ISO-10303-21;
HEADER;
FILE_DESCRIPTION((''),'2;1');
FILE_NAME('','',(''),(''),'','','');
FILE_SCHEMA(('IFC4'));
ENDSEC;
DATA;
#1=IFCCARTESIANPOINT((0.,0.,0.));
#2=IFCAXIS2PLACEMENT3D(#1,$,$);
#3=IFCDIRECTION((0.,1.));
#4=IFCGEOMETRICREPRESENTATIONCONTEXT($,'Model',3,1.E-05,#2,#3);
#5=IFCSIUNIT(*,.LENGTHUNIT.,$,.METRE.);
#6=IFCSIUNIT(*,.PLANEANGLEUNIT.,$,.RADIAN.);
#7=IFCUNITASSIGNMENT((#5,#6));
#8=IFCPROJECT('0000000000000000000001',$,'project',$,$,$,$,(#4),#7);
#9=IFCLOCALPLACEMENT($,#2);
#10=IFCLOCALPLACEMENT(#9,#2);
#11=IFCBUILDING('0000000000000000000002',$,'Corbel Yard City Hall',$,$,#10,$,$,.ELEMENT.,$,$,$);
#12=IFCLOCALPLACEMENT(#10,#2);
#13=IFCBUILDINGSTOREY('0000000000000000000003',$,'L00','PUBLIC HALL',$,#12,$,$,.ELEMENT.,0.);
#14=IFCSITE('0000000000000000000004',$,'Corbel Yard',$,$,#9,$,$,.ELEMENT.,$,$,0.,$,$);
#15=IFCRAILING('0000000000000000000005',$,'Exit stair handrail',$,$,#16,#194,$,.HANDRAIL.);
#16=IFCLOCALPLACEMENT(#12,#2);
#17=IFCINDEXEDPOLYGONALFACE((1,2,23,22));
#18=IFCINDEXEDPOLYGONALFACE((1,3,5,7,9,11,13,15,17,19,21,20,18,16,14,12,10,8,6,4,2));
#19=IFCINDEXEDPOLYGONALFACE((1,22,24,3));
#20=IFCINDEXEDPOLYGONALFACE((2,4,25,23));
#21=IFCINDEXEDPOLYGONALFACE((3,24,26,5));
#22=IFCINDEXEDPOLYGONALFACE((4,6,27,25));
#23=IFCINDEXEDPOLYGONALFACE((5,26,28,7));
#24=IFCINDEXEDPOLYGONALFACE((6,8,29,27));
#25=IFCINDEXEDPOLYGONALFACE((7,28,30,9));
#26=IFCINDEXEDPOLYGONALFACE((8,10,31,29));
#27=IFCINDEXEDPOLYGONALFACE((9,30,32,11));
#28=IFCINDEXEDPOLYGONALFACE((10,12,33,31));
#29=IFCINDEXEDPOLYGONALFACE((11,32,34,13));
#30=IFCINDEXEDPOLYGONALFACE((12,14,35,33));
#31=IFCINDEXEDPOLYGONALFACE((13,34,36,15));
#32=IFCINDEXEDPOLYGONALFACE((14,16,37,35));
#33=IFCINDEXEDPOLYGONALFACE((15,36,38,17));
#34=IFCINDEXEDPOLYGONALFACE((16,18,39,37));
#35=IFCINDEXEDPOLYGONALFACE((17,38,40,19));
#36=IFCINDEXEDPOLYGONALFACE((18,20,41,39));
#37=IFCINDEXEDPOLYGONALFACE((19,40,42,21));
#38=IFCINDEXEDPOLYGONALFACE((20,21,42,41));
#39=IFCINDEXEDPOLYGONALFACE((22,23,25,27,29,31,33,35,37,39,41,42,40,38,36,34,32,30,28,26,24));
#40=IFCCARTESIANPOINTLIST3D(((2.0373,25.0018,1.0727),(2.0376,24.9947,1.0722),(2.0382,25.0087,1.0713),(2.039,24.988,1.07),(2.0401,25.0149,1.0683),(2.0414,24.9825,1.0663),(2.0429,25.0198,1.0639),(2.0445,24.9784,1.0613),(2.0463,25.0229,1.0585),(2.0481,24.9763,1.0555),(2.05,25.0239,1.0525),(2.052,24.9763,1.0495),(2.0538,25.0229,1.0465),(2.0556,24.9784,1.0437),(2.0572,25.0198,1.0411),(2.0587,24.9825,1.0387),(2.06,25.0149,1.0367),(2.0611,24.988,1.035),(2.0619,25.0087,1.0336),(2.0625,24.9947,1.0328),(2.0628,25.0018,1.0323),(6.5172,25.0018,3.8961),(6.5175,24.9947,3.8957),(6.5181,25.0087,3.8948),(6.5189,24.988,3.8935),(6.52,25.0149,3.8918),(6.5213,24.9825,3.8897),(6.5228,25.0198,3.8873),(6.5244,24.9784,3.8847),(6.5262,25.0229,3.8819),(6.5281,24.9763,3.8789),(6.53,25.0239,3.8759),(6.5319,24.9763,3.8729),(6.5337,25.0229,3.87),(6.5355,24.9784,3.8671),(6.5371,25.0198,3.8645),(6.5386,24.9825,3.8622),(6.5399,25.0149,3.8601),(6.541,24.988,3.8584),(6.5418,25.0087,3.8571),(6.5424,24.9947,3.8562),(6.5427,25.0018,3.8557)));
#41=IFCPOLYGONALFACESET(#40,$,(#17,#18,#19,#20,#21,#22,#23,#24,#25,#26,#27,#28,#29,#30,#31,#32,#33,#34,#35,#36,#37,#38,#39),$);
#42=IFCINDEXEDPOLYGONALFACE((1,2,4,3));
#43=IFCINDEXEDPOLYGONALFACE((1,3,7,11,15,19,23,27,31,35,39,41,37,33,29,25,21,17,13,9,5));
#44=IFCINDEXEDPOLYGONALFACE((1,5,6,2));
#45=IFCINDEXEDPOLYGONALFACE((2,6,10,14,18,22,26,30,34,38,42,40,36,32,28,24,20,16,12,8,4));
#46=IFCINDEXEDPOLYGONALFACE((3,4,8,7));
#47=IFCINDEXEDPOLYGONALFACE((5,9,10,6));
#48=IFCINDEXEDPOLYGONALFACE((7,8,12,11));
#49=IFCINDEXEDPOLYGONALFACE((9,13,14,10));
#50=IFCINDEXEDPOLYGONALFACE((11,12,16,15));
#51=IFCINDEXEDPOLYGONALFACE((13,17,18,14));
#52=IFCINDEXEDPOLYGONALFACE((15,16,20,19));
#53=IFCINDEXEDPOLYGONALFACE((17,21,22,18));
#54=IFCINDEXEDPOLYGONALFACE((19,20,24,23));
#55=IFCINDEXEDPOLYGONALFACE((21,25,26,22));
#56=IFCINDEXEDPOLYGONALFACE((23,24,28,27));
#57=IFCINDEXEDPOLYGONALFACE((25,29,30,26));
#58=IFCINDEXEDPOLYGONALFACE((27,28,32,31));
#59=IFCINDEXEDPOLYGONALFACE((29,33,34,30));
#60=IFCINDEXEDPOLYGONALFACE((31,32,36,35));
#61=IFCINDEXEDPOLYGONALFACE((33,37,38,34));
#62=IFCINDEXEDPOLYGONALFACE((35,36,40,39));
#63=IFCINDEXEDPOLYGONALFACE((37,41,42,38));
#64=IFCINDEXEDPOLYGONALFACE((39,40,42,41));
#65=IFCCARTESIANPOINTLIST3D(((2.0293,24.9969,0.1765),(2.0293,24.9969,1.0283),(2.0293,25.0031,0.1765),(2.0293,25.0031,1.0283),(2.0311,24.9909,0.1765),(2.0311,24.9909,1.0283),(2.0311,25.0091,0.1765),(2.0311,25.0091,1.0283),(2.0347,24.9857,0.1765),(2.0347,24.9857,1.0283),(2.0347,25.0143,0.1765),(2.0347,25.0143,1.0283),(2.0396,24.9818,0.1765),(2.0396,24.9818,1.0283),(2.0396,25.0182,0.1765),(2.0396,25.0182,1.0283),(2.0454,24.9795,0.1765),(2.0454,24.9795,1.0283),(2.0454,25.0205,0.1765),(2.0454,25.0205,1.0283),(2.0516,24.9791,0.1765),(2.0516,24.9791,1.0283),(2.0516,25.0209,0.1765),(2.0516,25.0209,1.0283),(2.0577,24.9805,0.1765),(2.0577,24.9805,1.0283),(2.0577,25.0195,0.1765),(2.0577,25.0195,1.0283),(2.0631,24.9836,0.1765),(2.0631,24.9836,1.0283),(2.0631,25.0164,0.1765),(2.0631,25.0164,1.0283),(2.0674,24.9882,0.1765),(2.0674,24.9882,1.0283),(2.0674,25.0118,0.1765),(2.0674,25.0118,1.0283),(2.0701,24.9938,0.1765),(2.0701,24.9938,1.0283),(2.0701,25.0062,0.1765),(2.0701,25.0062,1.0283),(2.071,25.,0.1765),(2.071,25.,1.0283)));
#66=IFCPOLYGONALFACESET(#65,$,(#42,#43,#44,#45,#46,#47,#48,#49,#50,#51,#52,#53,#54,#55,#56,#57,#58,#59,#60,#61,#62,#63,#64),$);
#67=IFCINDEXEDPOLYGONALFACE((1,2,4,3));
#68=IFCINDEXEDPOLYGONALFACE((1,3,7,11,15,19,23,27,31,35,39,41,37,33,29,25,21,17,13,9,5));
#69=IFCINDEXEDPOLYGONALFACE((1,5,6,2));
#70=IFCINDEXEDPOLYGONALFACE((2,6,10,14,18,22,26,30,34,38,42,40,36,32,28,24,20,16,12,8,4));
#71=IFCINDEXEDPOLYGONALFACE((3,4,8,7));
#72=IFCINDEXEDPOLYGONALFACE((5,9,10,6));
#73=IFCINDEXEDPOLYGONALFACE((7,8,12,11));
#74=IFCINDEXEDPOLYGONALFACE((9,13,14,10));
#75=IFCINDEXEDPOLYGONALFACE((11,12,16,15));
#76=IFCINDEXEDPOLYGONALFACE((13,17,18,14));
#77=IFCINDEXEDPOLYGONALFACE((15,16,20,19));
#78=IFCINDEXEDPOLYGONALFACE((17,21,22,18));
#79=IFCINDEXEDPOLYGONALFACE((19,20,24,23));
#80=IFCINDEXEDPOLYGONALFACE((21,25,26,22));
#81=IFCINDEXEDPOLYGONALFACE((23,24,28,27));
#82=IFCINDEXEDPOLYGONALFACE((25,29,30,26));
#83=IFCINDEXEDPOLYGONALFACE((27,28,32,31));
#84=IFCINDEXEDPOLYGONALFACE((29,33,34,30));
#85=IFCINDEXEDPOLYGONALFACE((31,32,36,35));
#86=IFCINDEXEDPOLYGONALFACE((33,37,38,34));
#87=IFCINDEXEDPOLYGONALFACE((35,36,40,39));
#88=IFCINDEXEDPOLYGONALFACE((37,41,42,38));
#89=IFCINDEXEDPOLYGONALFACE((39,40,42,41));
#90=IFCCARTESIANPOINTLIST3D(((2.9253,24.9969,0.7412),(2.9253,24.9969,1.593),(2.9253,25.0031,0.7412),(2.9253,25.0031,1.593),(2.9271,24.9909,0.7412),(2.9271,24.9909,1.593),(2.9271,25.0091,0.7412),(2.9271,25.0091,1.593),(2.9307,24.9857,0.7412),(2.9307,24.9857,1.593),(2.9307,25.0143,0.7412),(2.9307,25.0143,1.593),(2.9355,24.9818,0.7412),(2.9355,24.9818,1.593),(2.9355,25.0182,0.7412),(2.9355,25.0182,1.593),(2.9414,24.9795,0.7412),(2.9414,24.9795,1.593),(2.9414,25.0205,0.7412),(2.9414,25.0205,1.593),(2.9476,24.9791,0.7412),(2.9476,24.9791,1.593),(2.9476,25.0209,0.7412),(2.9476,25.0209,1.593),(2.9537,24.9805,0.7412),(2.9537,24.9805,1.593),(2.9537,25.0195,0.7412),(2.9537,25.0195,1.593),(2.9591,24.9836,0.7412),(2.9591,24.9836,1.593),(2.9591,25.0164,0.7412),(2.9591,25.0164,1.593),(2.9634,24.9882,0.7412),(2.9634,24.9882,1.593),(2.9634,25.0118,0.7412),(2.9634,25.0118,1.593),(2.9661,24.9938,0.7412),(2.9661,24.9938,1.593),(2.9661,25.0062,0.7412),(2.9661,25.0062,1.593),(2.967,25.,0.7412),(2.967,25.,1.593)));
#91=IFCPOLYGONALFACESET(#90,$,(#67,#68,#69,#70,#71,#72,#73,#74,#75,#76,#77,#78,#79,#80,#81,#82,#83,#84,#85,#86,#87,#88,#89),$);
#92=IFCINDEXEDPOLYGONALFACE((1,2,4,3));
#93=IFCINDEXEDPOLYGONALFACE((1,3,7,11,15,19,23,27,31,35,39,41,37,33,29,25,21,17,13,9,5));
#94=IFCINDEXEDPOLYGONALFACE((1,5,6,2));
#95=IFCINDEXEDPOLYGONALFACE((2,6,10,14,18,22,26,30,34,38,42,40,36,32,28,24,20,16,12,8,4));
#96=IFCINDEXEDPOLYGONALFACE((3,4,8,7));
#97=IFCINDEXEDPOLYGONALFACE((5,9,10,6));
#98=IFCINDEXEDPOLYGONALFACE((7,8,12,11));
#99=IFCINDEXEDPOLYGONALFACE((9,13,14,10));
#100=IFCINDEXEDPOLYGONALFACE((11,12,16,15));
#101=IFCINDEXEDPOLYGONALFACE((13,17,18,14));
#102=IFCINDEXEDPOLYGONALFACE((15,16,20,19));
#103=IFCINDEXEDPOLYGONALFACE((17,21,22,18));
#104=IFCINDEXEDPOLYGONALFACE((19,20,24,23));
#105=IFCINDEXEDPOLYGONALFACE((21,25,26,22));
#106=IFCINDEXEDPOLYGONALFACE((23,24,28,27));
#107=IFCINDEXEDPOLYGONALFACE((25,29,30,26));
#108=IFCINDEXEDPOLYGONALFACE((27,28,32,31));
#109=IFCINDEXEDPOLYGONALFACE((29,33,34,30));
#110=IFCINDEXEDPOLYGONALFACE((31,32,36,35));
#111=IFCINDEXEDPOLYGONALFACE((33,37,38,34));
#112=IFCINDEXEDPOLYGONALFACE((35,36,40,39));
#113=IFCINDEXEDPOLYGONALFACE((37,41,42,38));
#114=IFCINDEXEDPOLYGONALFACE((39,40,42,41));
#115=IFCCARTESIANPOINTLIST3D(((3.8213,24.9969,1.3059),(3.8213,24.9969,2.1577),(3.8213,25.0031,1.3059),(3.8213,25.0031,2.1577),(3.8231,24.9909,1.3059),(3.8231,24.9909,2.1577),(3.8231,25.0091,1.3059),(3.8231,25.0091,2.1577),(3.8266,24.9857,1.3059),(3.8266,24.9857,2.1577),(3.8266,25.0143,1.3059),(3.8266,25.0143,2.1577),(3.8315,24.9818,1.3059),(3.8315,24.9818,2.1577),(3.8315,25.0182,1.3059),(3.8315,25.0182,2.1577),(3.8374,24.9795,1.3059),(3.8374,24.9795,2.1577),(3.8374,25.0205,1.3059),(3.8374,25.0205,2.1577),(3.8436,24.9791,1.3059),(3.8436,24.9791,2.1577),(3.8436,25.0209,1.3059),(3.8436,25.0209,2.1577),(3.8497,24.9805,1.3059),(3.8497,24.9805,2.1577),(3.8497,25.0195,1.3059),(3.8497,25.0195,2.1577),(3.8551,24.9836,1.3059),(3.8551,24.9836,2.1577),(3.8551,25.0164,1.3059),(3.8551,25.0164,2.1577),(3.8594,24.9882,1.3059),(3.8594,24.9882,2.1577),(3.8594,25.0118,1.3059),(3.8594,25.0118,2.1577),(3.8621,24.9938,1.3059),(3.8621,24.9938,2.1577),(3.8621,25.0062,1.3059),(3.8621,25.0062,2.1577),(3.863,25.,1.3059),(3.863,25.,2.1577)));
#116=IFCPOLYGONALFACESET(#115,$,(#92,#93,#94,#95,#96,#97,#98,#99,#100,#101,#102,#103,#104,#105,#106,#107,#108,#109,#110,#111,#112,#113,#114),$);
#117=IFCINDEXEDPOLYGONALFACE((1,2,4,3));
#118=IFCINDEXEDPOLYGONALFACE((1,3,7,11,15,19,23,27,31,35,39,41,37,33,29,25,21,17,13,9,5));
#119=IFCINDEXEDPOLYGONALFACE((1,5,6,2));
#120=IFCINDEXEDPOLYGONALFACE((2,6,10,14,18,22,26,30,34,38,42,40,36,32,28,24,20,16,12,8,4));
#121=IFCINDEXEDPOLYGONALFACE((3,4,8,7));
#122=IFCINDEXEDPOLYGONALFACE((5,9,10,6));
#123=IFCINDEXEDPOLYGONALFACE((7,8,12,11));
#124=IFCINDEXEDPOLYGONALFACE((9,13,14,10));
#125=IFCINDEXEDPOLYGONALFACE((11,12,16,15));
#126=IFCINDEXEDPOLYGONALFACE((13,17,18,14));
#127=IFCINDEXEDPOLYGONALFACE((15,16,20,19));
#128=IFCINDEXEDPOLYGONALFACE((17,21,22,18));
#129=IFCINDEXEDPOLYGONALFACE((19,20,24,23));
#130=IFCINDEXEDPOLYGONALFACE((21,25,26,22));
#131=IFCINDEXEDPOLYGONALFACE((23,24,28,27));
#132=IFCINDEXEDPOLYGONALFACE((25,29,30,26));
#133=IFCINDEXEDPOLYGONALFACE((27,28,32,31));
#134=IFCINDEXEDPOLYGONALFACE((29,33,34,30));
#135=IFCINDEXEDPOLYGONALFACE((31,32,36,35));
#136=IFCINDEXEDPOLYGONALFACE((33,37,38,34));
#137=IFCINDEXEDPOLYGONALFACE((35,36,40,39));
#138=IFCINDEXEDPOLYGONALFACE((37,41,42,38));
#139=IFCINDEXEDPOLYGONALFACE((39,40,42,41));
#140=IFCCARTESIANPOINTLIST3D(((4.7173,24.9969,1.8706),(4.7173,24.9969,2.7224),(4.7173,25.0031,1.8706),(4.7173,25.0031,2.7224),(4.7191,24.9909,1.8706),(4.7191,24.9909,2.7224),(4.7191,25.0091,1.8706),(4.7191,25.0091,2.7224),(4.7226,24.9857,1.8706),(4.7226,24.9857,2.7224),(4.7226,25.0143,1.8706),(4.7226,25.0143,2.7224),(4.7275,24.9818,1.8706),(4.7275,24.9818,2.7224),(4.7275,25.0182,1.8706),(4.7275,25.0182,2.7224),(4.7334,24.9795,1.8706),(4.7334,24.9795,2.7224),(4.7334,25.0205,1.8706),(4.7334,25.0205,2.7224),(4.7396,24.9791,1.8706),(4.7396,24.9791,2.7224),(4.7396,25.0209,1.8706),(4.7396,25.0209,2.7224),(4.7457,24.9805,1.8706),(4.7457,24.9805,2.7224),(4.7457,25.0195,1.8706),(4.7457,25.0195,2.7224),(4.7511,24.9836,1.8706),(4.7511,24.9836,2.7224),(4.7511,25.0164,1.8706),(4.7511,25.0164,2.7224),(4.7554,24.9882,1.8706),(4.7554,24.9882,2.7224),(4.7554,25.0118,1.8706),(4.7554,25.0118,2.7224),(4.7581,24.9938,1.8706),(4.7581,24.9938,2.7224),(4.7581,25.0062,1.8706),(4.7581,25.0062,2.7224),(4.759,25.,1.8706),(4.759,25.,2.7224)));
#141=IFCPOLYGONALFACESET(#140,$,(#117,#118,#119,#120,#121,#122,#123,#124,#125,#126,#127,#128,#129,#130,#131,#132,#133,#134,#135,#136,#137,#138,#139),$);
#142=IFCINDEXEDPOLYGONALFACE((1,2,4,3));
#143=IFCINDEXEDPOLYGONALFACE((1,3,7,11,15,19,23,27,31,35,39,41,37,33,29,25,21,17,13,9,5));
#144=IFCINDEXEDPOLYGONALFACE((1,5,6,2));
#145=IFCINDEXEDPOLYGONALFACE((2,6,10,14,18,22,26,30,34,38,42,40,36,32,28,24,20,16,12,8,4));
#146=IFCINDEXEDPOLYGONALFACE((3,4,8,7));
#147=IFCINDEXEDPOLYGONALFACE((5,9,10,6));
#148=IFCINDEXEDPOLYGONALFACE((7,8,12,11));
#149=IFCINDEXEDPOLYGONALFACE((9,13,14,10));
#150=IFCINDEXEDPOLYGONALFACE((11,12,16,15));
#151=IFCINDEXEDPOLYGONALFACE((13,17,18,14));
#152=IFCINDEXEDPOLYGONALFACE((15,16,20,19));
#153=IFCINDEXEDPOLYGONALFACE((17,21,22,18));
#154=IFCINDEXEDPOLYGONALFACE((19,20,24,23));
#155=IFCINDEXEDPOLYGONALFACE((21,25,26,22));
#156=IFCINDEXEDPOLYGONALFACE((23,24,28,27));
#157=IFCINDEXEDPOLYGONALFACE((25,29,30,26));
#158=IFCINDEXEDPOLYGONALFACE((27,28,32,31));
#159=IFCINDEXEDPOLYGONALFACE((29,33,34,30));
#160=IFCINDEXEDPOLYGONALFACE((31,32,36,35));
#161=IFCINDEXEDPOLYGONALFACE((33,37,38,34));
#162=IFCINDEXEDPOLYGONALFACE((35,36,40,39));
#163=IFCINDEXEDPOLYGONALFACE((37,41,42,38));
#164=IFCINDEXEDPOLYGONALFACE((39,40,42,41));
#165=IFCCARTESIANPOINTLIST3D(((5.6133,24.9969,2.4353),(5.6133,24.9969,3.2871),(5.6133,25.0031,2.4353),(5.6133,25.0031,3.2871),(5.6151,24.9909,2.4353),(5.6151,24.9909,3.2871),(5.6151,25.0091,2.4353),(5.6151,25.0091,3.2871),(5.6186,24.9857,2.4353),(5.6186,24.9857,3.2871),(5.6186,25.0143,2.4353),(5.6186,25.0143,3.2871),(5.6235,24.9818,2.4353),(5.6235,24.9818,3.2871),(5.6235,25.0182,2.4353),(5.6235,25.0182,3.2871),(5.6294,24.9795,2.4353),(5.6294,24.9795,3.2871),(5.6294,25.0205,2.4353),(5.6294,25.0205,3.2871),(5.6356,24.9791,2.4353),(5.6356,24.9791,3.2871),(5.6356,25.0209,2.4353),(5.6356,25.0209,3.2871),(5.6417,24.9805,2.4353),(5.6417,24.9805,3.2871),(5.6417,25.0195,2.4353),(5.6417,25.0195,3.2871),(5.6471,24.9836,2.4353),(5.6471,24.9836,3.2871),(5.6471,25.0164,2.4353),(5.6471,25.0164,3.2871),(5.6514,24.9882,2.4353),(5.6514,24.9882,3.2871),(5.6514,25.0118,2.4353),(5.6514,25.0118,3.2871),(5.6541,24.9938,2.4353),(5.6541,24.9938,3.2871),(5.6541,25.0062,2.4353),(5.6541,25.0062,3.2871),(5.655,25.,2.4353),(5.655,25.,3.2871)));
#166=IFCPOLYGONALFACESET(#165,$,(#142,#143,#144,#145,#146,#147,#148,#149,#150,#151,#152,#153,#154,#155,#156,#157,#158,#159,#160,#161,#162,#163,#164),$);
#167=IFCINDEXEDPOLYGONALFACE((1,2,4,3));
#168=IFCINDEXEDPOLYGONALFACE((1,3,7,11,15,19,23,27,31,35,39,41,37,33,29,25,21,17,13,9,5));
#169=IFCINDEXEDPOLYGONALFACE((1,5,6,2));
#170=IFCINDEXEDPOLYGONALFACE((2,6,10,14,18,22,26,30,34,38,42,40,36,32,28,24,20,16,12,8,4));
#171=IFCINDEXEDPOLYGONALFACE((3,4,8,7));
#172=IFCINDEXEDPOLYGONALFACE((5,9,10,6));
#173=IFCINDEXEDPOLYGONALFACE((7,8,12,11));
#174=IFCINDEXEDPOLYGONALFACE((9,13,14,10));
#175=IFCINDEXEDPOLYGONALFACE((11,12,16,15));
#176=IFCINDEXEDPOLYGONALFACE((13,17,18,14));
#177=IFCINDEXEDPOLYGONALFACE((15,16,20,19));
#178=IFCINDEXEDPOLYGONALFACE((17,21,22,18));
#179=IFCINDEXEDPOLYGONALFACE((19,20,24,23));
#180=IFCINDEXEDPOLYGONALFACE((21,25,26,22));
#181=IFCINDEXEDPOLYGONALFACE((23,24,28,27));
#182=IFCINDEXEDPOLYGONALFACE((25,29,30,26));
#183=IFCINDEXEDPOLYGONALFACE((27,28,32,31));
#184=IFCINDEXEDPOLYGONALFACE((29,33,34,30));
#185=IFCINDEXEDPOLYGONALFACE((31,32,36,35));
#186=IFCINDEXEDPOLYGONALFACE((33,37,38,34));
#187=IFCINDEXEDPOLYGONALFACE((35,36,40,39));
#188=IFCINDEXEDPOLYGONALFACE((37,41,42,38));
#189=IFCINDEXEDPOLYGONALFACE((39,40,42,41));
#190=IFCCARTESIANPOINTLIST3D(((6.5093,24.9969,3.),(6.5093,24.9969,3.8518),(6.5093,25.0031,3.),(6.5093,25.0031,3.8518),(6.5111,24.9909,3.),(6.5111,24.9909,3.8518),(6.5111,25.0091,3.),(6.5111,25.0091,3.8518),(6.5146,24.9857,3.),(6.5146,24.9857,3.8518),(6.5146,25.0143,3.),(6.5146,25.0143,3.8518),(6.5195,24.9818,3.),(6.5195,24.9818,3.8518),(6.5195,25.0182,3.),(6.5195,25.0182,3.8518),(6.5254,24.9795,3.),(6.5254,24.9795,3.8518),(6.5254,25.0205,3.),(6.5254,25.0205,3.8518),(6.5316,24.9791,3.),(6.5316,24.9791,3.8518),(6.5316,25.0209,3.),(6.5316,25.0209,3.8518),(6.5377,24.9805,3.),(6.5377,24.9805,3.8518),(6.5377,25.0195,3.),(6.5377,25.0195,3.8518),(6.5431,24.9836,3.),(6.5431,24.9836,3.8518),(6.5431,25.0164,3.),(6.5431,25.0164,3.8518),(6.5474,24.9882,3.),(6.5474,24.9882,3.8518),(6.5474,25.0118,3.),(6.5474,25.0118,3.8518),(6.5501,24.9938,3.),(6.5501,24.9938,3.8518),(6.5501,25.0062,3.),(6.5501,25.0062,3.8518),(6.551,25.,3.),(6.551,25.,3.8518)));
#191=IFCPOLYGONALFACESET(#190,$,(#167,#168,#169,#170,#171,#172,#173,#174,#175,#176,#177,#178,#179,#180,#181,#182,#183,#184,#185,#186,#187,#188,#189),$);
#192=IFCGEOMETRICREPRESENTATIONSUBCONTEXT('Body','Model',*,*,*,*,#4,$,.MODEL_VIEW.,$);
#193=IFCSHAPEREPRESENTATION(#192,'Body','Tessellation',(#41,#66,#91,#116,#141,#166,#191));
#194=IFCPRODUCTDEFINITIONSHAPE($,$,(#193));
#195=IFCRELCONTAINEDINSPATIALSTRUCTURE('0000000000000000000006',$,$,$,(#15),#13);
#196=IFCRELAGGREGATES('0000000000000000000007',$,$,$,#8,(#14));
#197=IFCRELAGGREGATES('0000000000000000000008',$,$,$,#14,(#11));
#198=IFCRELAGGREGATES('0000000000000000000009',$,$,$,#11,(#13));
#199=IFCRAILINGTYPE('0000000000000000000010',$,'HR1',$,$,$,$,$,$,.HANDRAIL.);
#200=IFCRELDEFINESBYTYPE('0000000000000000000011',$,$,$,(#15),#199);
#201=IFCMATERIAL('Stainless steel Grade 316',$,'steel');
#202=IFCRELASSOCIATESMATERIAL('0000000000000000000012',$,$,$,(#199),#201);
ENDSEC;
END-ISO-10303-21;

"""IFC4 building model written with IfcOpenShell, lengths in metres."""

from ifc_helpers import new_model, si_unit, direction, frame, origin, origin_2d, place, context, subcontext, project, spatial, circle, extrude, material, type_object, element, save


model = new_model("IFC4")

# Units and contexts
model_context = context("Model", 3, precision=1e-05, world=origin(), true_north=direction((0.0, 1.0)))
body_context = subcontext(model_context, "Body", "Model", "MODEL_VIEW")
ifc_project = project(units=[si_unit("LENGTHUNIT", "METRE"), si_unit("PLANEANGLEUNIT", "RADIAN")], contexts=[model_context])

# Site, building, storey
site_placement = place(None, origin())
site = spatial("IfcSite", under=ifc_project, at=site_placement, Name="Corbel Yard", CompositionType="ELEMENT", RefElevation=0.0)
building_placement = place(site_placement, origin())
building = spatial("IfcBuilding", under=site, at=building_placement, Name="Corbel Yard City Hall", CompositionType="ELEMENT")
storey_placement = place(building_placement, origin())
storey = spatial("IfcBuildingStorey", under=building, at=storey_placement, Name="L00", Description="PUBLIC HALL", CompositionType="ELEMENT", Elevation=0.0)

# Railing
ifc_material_1 = material(Name="Stainless steel Grade 316", Category="steel")
railing_type = type_object("IfcRailingType", Name="HR1", PredefinedType="HANDRAIL", material=ifc_material_1)
for number, where, name in (
    (1, (2.05, 25.0, 0.1765), "Exit stair handrail"),
):
    element("IfcRailing", number, at=place(storey_placement, frame(where)), inside=storey, type_object=railing_type, Name=name, PredefinedType="HANDRAIL", context=body_context, shape_type="SweptSolid", body=[
        extrude(circle(Radius=0.0239, at=origin_2d()), frame((0.0, 0.0, 0.876), z_axis=(0.845998, 0.0, 0.533186), x_axis=(0.0, 1.0, 0.0)), (0.0, 0.0, 1.0), 5.2954),
        extrude(circle(Radius=0.021, at=origin_2d()), origin(), (0.0, 0.0, 1.0), 0.8518),
        extrude(circle(Radius=0.021, at=origin_2d()), frame((0.896, 0.0, 0.5647)), (0.0, 0.0, 1.0), 0.8518),
        extrude(circle(Radius=0.021, at=origin_2d()), frame((1.792, 0.0, 1.1294)), (0.0, 0.0, 1.0), 0.8518),
        extrude(circle(Radius=0.021, at=origin_2d()), frame((2.688, 0.0, 1.6941)), (0.0, 0.0, 1.0), 0.8518),
        extrude(circle(Radius=0.021, at=origin_2d()), frame((3.584, 0.0, 2.2588)), (0.0, 0.0, 1.0), 0.8518),
        extrude(circle(Radius=0.021, at=origin_2d()), frame((4.48, 0.0, 2.8235)), (0.0, 0.0, 1.0), 0.8518),
    ])

save(model, "model.ifc")
